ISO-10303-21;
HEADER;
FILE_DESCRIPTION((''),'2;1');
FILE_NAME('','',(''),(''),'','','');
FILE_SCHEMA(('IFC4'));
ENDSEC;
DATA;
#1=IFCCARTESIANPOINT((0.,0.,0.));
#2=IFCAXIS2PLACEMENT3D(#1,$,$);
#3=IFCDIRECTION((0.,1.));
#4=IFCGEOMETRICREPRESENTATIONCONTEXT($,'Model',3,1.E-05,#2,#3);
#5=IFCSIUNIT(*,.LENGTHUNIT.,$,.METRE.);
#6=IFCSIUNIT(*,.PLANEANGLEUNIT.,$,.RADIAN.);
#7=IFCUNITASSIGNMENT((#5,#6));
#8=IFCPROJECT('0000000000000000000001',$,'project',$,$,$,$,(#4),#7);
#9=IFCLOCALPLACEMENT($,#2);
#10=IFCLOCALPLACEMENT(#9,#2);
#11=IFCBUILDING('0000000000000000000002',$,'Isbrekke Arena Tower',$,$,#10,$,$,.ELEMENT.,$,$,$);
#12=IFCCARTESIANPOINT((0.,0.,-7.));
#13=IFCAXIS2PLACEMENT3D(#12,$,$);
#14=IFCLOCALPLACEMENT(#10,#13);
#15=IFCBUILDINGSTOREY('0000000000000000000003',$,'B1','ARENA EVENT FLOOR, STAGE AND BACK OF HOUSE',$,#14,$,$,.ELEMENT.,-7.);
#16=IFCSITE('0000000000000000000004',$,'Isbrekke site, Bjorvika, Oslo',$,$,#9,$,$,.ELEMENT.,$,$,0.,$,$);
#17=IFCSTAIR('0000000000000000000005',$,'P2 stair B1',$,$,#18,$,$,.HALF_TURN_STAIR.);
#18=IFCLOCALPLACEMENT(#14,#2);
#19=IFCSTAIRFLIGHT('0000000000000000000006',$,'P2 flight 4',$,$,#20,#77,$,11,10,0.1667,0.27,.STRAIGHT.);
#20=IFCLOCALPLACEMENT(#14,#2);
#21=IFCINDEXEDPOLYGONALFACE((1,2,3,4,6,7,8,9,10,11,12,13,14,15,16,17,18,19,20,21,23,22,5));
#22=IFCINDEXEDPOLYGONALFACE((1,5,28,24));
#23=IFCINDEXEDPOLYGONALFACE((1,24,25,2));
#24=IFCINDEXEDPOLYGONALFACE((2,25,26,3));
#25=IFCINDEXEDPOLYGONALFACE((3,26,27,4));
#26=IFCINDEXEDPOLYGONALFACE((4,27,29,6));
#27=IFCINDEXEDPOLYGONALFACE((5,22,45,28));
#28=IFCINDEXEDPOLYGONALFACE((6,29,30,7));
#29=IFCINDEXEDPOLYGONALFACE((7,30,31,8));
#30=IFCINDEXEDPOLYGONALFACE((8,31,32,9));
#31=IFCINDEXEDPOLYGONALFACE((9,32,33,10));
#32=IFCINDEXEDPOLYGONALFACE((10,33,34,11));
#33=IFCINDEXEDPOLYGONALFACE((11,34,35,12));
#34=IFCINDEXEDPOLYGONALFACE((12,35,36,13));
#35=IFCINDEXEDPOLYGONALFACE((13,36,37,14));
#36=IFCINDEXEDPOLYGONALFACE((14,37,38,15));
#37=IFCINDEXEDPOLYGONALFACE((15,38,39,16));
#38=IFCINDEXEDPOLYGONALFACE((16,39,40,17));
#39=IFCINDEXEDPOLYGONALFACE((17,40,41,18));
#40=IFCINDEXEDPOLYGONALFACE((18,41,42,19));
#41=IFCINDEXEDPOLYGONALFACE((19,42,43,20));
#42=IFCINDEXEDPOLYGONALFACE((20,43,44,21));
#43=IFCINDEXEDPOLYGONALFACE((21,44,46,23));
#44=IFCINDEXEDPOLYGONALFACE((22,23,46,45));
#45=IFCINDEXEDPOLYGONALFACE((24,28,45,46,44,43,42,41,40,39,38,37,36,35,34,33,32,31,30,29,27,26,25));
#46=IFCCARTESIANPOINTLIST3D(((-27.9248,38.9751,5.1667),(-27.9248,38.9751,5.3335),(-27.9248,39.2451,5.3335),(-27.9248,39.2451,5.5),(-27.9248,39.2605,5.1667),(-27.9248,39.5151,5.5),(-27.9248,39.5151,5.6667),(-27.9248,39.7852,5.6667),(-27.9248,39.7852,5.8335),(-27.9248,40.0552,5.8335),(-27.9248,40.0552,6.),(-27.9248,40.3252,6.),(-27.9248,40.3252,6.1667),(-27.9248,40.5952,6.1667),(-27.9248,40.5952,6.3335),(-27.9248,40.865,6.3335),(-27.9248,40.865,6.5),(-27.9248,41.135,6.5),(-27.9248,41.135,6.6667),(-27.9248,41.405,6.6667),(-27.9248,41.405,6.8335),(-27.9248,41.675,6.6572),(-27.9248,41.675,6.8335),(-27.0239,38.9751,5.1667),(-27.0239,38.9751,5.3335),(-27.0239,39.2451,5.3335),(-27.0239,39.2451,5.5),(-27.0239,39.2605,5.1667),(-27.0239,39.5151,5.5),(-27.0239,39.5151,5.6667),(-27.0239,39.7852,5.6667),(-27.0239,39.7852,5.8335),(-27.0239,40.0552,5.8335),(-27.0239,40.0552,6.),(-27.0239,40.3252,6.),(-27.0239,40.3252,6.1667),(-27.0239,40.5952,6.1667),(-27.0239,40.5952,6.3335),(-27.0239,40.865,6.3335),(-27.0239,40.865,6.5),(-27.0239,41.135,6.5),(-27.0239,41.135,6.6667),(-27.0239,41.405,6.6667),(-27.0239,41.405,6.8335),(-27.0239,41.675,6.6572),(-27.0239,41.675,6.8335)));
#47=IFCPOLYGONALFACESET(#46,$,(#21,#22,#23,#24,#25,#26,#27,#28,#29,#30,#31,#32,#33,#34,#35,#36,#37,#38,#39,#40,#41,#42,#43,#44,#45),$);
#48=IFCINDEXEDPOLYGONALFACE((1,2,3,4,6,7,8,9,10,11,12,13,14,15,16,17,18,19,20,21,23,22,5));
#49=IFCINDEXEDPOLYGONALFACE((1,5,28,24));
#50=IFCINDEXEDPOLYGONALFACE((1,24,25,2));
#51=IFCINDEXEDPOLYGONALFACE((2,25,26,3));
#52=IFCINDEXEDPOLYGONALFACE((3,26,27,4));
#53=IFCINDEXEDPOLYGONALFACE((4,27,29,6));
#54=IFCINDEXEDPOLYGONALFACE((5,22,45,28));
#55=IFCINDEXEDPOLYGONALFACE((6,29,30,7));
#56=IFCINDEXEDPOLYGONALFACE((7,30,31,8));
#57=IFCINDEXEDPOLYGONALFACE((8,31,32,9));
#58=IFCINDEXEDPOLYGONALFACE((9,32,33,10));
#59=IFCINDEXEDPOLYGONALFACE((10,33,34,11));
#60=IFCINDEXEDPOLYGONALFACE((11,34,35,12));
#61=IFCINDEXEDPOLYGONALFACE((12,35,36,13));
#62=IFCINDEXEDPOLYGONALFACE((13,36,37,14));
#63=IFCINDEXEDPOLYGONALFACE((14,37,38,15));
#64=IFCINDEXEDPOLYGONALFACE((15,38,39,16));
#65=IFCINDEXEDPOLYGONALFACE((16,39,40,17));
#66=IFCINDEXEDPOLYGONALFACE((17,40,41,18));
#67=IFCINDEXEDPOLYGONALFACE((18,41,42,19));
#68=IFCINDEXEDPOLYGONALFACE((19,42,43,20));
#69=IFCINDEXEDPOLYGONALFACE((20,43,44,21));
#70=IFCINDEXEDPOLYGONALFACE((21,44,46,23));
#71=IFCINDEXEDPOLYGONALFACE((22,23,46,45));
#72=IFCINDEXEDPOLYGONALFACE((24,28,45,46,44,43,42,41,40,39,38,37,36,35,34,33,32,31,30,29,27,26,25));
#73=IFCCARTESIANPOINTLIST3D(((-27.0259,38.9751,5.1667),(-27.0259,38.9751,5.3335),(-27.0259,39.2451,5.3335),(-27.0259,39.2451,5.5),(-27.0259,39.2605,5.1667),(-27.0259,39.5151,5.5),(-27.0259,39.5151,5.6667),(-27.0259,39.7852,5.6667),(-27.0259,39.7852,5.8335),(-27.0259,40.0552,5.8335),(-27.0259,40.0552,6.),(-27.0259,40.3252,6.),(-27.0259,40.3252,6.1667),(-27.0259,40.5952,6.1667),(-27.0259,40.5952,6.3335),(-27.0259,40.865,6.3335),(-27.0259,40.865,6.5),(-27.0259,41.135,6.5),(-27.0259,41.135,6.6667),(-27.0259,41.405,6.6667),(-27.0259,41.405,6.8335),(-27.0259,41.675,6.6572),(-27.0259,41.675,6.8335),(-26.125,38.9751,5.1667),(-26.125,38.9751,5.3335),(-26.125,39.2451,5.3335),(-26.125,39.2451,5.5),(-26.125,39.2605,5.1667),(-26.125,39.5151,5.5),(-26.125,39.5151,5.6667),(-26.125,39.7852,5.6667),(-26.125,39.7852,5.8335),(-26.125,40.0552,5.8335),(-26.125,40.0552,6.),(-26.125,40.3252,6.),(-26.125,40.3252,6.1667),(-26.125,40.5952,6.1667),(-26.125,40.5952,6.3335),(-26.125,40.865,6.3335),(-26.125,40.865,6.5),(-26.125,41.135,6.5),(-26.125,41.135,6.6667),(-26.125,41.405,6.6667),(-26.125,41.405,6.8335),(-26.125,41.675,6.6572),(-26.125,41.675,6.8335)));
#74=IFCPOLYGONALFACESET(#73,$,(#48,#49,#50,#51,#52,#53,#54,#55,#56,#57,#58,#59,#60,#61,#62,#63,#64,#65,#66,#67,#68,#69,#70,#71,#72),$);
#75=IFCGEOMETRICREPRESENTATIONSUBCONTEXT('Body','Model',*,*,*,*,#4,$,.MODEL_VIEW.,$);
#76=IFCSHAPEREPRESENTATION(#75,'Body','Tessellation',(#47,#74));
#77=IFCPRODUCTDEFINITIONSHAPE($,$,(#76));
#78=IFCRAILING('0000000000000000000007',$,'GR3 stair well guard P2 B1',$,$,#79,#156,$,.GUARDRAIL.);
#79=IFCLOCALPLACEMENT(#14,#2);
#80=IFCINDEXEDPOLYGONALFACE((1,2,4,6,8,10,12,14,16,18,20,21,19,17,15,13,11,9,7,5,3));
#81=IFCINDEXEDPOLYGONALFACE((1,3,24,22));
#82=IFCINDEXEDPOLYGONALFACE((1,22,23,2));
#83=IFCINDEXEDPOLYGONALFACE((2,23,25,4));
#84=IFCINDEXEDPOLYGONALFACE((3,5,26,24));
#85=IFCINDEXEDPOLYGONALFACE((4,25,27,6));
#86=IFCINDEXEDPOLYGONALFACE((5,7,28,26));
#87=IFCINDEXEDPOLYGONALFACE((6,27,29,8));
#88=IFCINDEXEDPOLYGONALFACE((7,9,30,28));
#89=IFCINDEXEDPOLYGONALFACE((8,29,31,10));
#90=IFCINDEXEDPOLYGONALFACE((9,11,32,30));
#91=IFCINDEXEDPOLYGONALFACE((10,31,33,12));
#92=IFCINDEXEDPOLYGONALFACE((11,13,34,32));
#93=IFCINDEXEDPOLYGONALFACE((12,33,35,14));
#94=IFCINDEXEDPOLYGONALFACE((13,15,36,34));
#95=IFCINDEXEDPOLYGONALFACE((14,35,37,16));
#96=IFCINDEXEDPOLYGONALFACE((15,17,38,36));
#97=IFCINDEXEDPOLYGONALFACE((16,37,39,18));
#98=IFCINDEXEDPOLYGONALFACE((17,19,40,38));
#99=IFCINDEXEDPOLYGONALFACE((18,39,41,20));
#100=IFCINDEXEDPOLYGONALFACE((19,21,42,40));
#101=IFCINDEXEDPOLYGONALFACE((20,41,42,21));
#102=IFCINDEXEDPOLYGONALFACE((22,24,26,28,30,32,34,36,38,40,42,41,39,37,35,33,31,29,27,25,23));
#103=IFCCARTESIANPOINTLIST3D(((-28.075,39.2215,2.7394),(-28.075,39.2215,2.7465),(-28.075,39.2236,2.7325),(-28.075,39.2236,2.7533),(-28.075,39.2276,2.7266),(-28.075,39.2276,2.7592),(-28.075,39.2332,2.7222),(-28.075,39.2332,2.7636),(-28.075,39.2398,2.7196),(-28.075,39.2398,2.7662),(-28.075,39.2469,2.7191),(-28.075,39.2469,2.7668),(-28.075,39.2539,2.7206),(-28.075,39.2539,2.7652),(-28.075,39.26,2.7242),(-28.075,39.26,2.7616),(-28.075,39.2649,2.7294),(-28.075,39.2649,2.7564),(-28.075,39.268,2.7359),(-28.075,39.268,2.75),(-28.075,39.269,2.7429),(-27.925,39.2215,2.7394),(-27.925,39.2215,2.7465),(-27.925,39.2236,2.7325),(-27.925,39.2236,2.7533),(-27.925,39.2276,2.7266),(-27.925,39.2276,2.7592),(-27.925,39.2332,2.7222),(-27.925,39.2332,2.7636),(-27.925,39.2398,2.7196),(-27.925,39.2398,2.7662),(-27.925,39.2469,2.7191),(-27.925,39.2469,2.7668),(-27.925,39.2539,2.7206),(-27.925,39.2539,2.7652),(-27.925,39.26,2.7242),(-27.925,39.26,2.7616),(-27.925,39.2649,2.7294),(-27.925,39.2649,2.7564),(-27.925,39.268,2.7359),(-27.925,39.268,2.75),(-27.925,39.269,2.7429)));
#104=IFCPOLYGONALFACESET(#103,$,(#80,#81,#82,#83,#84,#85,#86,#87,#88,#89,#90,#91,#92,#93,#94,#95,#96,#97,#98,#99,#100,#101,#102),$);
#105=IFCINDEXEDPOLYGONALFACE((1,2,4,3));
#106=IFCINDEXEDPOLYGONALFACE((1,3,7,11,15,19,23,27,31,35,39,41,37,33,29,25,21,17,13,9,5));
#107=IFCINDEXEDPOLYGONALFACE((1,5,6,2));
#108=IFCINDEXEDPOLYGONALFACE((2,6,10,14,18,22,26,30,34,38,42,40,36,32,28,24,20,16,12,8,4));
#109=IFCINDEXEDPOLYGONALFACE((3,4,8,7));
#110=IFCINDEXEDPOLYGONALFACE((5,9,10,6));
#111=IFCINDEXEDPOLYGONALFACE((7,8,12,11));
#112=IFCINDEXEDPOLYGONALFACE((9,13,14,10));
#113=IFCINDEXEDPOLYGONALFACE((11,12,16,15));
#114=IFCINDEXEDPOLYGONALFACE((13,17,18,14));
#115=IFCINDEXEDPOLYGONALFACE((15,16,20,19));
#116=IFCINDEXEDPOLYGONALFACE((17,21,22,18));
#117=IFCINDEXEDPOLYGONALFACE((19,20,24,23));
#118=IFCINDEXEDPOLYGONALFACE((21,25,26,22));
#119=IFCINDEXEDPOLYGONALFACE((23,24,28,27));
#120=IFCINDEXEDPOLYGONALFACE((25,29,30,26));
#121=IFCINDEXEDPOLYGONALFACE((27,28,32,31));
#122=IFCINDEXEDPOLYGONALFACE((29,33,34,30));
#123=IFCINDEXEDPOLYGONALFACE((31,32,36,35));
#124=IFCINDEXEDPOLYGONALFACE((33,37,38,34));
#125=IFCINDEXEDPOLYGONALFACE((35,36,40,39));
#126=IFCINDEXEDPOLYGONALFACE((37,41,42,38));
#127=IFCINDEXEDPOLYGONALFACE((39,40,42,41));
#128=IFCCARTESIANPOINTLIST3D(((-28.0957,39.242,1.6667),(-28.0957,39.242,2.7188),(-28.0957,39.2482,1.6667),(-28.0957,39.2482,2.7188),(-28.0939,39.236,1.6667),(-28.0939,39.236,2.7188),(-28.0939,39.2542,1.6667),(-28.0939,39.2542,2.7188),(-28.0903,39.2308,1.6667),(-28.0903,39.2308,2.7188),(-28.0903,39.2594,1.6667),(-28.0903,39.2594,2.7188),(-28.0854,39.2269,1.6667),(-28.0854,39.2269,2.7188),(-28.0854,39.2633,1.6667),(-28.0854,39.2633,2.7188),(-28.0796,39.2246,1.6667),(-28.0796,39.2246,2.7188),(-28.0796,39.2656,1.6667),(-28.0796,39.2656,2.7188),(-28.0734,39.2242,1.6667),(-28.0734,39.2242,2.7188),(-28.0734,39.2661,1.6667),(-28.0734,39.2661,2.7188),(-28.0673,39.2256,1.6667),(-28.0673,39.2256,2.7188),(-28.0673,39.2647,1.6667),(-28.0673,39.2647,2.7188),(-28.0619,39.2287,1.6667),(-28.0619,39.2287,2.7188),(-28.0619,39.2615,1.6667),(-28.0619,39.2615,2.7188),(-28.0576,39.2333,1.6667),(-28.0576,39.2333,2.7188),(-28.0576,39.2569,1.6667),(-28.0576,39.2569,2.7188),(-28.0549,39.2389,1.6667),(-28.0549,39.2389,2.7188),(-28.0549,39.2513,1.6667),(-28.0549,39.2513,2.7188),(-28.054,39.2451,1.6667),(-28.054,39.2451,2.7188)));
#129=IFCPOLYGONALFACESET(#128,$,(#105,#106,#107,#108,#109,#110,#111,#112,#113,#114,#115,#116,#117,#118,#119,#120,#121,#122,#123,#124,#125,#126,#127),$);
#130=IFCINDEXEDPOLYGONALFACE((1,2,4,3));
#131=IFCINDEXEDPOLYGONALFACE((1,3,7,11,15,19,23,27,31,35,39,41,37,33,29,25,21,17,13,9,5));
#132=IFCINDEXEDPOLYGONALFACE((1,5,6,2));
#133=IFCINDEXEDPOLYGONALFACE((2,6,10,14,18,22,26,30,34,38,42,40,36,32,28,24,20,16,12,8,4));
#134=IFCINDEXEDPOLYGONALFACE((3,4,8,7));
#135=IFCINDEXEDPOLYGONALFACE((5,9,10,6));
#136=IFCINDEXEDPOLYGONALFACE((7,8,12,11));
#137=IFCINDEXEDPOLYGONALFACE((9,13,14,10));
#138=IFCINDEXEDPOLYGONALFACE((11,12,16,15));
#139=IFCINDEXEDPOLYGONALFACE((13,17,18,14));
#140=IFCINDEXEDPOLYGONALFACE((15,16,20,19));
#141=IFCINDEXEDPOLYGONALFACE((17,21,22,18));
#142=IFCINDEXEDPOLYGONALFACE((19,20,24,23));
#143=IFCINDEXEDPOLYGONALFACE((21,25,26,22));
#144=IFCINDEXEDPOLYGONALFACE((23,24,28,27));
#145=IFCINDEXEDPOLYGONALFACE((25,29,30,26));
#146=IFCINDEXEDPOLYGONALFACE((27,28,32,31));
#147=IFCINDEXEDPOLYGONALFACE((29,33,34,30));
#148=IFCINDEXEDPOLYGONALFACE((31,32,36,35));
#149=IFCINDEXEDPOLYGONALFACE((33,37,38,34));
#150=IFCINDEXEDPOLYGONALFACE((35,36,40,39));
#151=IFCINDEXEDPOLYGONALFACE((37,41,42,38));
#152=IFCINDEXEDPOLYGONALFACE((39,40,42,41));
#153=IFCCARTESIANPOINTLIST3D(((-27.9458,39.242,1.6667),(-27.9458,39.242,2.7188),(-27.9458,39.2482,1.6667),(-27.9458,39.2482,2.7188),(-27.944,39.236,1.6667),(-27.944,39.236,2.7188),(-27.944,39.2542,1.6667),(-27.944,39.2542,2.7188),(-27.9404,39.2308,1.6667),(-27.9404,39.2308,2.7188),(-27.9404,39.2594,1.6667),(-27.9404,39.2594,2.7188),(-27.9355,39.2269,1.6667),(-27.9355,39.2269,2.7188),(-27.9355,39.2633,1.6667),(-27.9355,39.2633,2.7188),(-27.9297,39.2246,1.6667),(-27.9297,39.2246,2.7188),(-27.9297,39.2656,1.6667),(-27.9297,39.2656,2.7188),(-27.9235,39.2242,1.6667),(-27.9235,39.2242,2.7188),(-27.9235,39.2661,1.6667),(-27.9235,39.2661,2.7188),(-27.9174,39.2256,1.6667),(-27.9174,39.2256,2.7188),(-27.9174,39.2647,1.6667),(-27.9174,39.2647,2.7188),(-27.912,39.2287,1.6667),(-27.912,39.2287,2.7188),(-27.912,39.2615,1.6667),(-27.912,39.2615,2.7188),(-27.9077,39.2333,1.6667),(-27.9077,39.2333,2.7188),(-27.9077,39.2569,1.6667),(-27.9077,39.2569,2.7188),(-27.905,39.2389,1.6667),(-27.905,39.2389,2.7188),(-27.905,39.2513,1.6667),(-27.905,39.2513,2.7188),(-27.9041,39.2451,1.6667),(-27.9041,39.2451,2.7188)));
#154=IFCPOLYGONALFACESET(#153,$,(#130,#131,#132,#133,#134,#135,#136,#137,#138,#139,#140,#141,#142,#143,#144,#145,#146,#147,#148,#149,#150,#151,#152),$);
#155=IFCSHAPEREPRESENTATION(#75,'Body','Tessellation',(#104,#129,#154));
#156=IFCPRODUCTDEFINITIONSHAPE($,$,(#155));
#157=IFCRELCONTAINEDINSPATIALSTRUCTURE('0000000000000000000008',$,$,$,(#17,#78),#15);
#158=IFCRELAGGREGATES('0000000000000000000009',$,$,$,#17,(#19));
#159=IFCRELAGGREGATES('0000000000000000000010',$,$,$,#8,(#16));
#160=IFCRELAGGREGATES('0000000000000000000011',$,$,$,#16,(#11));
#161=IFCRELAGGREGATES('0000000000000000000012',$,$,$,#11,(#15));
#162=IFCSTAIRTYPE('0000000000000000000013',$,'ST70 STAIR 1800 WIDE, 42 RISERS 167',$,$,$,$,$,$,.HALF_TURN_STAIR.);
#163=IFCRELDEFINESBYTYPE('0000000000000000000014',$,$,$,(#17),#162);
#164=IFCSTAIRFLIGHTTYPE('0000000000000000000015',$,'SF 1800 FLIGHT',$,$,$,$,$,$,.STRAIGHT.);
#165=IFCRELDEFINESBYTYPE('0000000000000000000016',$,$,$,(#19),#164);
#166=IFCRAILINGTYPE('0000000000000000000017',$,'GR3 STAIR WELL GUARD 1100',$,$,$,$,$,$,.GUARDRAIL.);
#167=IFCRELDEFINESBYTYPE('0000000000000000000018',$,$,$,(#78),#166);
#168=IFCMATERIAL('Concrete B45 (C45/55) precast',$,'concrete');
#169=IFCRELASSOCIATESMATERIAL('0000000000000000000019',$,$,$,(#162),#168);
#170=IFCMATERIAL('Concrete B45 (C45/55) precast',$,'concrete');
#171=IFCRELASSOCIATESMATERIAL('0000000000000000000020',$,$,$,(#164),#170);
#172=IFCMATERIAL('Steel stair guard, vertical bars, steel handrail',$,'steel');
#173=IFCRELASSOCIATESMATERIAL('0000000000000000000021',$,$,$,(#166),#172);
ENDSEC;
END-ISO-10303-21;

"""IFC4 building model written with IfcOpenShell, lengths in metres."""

from ifc_helpers import new_model, si_unit, direction, frame, origin, origin_2d, place, context, subcontext, project, spatial, polyline, circle, outline, extrude, material, type_object, element, aggregate, save


model = new_model("IFC4")

# Units and contexts
model_context = context("Model", 3, precision=1e-05, world=origin(), true_north=direction((0.0, 1.0)))
body_context = subcontext(model_context, "Body", "Model", "MODEL_VIEW")
ifc_project = project(units=[si_unit("LENGTHUNIT", "METRE"), si_unit("PLANEANGLEUNIT", "RADIAN")], contexts=[model_context])

# Site, building, storey
site_placement = place(None, origin())
site = spatial("IfcSite", under=ifc_project, at=site_placement, Name="Isbrekke site, Bjorvika, Oslo", CompositionType="ELEMENT", RefElevation=0.0)
building_placement = place(site_placement, origin())
building = spatial("IfcBuilding", under=site, at=building_placement, Name="Isbrekke Arena Tower", CompositionType="ELEMENT")
storey_placement = place(building_placement, frame((0.0, 0.0, -7.0)))
storey = spatial("IfcBuildingStorey", under=building, at=storey_placement, Name="B1", Description="ARENA EVENT FLOOR, STAGE AND BACK OF HOUSE", CompositionType="ELEMENT", Elevation=-7.0)

# Stair, stair flight
ifc_material_1 = material(Name="Concrete B45 (C45/55) precast", Category="concrete")
stair_type = type_object("IfcStairType", Name="ST70 STAIR 1800 WIDE, 42 RISERS 167", PredefinedType="HALF_TURN_STAIR", material=ifc_material_1)
stair_placement = place(storey_placement, origin())
stair = element("IfcStair", 1, at=stair_placement, inside=storey, type_object=stair_type, Name="P2 stair B1", PredefinedType="HALF_TURN_STAIR")
ifc_material_2 = material(Name="Concrete B45 (C45/55) precast", Category="concrete")
stair_flight_type = type_object("IfcStairFlightType", Name="SF 1800 FLIGHT", PredefinedType="STRAIGHT", material=ifc_material_2)
stair_flight_1_placement = place(storey_placement, frame((-27.0249, 38.9751, 5.1667), z_axis=(0.0, 0.0, 1.0), x_axis=(0.0, 1.0, 0.0)))
stair_flight_1 = element("IfcStairFlight", 2, at=stair_flight_1_placement, type_object=stair_flight_type, Name="P2 flight 4", NumberOfRisers=11, NumberOfTreads=10, PredefinedType="STRAIGHT", RiserHeight=0.1667, TreadLength=0.27, context=body_context, shape_type="SweptSolid", body=[
    extrude(outline(polyline([(0.0, 0.0), (0.0, 0.1667), (0.27, 0.1667), (0.27, 0.3333), (0.54, 0.3333), (0.54, 0.5), (0.8101, 0.5), (0.8101, 0.6667), (1.0801, 0.6667), (1.0801, 0.8333), (1.3501, 0.8333), (1.3501, 1.0), (1.6201, 1.0), (1.6201, 1.1667), (1.8899, 1.1667), (1.8899, 1.3333), (2.1599, 1.3333), (2.1599, 1.5), (2.4299, 1.5), (2.4299, 1.6667), (2.7, 1.6667), (2.7, 1.8333), (2.7, 1.4905), (0.2854, 0.0), (0.0, 0.0)])), frame((0.0, 0.8999, 0.0), z_axis=(0.0, -1.0, 0.0), x_axis=(1.0, 0.0, 0.0)), (0.0, 0.0, 1.0), 0.9009),
    extrude(outline(polyline([(0.0, 0.0), (0.0, 0.1667), (0.27, 0.1667), (0.27, 0.3333), (0.54, 0.3333), (0.54, 0.5), (0.8101, 0.5), (0.8101, 0.6667), (1.0801, 0.6667), (1.0801, 0.8333), (1.3501, 0.8333), (1.3501, 1.0), (1.6201, 1.0), (1.6201, 1.1667), (1.8899, 1.1667), (1.8899, 1.3333), (2.1599, 1.3333), (2.1599, 1.5), (2.4299, 1.5), (2.4299, 1.6667), (2.7, 1.6667), (2.7, 1.8333), (2.7, 1.4905), (0.2854, 0.0), (0.0, 0.0)])), frame((0.0, 0.001, 0.0), z_axis=(0.0, -1.0, 0.0), x_axis=(1.0, 0.0, 0.0)), (0.0, 0.0, 1.0), 0.9009),
])
aggregate(stair, [stair_flight_1])

# Railing
ifc_material_3 = material(Name="Steel stair guard, vertical bars, steel handrail", Category="steel")
railing_type = type_object("IfcRailingType", Name="GR3 STAIR WELL GUARD 1100", PredefinedType="GUARDRAIL", material=ifc_material_3)
for number, where, name in (
    (3, (-28.075, 39.2451, 1.6667), "GR3 stair well guard P2 B1"),
):
    element("IfcRailing", number, at=place(storey_placement, frame(where)), inside=storey, type_object=railing_type, Name=name, PredefinedType="GUARDRAIL", context=body_context, shape_type="SweptSolid", body=[
        extrude(circle(Radius=0.0239, at=origin_2d()), frame((0.0, 0.0, 1.0762), z_axis=(1.0, 0.0, 0.0), x_axis=(0.0, 1.0, 0.0)), (0.0, 0.0, 1.0), 0.1499),
        extrude(circle(Radius=0.021, at=origin_2d()), origin(), (0.0, 0.0, 1.0), 1.052),
        extrude(circle(Radius=0.021, at=origin_2d()), frame((0.1499, 0.0, 0.0)), (0.0, 0.0, 1.0), 1.052),
    ])

save(model, "model.ifc")
